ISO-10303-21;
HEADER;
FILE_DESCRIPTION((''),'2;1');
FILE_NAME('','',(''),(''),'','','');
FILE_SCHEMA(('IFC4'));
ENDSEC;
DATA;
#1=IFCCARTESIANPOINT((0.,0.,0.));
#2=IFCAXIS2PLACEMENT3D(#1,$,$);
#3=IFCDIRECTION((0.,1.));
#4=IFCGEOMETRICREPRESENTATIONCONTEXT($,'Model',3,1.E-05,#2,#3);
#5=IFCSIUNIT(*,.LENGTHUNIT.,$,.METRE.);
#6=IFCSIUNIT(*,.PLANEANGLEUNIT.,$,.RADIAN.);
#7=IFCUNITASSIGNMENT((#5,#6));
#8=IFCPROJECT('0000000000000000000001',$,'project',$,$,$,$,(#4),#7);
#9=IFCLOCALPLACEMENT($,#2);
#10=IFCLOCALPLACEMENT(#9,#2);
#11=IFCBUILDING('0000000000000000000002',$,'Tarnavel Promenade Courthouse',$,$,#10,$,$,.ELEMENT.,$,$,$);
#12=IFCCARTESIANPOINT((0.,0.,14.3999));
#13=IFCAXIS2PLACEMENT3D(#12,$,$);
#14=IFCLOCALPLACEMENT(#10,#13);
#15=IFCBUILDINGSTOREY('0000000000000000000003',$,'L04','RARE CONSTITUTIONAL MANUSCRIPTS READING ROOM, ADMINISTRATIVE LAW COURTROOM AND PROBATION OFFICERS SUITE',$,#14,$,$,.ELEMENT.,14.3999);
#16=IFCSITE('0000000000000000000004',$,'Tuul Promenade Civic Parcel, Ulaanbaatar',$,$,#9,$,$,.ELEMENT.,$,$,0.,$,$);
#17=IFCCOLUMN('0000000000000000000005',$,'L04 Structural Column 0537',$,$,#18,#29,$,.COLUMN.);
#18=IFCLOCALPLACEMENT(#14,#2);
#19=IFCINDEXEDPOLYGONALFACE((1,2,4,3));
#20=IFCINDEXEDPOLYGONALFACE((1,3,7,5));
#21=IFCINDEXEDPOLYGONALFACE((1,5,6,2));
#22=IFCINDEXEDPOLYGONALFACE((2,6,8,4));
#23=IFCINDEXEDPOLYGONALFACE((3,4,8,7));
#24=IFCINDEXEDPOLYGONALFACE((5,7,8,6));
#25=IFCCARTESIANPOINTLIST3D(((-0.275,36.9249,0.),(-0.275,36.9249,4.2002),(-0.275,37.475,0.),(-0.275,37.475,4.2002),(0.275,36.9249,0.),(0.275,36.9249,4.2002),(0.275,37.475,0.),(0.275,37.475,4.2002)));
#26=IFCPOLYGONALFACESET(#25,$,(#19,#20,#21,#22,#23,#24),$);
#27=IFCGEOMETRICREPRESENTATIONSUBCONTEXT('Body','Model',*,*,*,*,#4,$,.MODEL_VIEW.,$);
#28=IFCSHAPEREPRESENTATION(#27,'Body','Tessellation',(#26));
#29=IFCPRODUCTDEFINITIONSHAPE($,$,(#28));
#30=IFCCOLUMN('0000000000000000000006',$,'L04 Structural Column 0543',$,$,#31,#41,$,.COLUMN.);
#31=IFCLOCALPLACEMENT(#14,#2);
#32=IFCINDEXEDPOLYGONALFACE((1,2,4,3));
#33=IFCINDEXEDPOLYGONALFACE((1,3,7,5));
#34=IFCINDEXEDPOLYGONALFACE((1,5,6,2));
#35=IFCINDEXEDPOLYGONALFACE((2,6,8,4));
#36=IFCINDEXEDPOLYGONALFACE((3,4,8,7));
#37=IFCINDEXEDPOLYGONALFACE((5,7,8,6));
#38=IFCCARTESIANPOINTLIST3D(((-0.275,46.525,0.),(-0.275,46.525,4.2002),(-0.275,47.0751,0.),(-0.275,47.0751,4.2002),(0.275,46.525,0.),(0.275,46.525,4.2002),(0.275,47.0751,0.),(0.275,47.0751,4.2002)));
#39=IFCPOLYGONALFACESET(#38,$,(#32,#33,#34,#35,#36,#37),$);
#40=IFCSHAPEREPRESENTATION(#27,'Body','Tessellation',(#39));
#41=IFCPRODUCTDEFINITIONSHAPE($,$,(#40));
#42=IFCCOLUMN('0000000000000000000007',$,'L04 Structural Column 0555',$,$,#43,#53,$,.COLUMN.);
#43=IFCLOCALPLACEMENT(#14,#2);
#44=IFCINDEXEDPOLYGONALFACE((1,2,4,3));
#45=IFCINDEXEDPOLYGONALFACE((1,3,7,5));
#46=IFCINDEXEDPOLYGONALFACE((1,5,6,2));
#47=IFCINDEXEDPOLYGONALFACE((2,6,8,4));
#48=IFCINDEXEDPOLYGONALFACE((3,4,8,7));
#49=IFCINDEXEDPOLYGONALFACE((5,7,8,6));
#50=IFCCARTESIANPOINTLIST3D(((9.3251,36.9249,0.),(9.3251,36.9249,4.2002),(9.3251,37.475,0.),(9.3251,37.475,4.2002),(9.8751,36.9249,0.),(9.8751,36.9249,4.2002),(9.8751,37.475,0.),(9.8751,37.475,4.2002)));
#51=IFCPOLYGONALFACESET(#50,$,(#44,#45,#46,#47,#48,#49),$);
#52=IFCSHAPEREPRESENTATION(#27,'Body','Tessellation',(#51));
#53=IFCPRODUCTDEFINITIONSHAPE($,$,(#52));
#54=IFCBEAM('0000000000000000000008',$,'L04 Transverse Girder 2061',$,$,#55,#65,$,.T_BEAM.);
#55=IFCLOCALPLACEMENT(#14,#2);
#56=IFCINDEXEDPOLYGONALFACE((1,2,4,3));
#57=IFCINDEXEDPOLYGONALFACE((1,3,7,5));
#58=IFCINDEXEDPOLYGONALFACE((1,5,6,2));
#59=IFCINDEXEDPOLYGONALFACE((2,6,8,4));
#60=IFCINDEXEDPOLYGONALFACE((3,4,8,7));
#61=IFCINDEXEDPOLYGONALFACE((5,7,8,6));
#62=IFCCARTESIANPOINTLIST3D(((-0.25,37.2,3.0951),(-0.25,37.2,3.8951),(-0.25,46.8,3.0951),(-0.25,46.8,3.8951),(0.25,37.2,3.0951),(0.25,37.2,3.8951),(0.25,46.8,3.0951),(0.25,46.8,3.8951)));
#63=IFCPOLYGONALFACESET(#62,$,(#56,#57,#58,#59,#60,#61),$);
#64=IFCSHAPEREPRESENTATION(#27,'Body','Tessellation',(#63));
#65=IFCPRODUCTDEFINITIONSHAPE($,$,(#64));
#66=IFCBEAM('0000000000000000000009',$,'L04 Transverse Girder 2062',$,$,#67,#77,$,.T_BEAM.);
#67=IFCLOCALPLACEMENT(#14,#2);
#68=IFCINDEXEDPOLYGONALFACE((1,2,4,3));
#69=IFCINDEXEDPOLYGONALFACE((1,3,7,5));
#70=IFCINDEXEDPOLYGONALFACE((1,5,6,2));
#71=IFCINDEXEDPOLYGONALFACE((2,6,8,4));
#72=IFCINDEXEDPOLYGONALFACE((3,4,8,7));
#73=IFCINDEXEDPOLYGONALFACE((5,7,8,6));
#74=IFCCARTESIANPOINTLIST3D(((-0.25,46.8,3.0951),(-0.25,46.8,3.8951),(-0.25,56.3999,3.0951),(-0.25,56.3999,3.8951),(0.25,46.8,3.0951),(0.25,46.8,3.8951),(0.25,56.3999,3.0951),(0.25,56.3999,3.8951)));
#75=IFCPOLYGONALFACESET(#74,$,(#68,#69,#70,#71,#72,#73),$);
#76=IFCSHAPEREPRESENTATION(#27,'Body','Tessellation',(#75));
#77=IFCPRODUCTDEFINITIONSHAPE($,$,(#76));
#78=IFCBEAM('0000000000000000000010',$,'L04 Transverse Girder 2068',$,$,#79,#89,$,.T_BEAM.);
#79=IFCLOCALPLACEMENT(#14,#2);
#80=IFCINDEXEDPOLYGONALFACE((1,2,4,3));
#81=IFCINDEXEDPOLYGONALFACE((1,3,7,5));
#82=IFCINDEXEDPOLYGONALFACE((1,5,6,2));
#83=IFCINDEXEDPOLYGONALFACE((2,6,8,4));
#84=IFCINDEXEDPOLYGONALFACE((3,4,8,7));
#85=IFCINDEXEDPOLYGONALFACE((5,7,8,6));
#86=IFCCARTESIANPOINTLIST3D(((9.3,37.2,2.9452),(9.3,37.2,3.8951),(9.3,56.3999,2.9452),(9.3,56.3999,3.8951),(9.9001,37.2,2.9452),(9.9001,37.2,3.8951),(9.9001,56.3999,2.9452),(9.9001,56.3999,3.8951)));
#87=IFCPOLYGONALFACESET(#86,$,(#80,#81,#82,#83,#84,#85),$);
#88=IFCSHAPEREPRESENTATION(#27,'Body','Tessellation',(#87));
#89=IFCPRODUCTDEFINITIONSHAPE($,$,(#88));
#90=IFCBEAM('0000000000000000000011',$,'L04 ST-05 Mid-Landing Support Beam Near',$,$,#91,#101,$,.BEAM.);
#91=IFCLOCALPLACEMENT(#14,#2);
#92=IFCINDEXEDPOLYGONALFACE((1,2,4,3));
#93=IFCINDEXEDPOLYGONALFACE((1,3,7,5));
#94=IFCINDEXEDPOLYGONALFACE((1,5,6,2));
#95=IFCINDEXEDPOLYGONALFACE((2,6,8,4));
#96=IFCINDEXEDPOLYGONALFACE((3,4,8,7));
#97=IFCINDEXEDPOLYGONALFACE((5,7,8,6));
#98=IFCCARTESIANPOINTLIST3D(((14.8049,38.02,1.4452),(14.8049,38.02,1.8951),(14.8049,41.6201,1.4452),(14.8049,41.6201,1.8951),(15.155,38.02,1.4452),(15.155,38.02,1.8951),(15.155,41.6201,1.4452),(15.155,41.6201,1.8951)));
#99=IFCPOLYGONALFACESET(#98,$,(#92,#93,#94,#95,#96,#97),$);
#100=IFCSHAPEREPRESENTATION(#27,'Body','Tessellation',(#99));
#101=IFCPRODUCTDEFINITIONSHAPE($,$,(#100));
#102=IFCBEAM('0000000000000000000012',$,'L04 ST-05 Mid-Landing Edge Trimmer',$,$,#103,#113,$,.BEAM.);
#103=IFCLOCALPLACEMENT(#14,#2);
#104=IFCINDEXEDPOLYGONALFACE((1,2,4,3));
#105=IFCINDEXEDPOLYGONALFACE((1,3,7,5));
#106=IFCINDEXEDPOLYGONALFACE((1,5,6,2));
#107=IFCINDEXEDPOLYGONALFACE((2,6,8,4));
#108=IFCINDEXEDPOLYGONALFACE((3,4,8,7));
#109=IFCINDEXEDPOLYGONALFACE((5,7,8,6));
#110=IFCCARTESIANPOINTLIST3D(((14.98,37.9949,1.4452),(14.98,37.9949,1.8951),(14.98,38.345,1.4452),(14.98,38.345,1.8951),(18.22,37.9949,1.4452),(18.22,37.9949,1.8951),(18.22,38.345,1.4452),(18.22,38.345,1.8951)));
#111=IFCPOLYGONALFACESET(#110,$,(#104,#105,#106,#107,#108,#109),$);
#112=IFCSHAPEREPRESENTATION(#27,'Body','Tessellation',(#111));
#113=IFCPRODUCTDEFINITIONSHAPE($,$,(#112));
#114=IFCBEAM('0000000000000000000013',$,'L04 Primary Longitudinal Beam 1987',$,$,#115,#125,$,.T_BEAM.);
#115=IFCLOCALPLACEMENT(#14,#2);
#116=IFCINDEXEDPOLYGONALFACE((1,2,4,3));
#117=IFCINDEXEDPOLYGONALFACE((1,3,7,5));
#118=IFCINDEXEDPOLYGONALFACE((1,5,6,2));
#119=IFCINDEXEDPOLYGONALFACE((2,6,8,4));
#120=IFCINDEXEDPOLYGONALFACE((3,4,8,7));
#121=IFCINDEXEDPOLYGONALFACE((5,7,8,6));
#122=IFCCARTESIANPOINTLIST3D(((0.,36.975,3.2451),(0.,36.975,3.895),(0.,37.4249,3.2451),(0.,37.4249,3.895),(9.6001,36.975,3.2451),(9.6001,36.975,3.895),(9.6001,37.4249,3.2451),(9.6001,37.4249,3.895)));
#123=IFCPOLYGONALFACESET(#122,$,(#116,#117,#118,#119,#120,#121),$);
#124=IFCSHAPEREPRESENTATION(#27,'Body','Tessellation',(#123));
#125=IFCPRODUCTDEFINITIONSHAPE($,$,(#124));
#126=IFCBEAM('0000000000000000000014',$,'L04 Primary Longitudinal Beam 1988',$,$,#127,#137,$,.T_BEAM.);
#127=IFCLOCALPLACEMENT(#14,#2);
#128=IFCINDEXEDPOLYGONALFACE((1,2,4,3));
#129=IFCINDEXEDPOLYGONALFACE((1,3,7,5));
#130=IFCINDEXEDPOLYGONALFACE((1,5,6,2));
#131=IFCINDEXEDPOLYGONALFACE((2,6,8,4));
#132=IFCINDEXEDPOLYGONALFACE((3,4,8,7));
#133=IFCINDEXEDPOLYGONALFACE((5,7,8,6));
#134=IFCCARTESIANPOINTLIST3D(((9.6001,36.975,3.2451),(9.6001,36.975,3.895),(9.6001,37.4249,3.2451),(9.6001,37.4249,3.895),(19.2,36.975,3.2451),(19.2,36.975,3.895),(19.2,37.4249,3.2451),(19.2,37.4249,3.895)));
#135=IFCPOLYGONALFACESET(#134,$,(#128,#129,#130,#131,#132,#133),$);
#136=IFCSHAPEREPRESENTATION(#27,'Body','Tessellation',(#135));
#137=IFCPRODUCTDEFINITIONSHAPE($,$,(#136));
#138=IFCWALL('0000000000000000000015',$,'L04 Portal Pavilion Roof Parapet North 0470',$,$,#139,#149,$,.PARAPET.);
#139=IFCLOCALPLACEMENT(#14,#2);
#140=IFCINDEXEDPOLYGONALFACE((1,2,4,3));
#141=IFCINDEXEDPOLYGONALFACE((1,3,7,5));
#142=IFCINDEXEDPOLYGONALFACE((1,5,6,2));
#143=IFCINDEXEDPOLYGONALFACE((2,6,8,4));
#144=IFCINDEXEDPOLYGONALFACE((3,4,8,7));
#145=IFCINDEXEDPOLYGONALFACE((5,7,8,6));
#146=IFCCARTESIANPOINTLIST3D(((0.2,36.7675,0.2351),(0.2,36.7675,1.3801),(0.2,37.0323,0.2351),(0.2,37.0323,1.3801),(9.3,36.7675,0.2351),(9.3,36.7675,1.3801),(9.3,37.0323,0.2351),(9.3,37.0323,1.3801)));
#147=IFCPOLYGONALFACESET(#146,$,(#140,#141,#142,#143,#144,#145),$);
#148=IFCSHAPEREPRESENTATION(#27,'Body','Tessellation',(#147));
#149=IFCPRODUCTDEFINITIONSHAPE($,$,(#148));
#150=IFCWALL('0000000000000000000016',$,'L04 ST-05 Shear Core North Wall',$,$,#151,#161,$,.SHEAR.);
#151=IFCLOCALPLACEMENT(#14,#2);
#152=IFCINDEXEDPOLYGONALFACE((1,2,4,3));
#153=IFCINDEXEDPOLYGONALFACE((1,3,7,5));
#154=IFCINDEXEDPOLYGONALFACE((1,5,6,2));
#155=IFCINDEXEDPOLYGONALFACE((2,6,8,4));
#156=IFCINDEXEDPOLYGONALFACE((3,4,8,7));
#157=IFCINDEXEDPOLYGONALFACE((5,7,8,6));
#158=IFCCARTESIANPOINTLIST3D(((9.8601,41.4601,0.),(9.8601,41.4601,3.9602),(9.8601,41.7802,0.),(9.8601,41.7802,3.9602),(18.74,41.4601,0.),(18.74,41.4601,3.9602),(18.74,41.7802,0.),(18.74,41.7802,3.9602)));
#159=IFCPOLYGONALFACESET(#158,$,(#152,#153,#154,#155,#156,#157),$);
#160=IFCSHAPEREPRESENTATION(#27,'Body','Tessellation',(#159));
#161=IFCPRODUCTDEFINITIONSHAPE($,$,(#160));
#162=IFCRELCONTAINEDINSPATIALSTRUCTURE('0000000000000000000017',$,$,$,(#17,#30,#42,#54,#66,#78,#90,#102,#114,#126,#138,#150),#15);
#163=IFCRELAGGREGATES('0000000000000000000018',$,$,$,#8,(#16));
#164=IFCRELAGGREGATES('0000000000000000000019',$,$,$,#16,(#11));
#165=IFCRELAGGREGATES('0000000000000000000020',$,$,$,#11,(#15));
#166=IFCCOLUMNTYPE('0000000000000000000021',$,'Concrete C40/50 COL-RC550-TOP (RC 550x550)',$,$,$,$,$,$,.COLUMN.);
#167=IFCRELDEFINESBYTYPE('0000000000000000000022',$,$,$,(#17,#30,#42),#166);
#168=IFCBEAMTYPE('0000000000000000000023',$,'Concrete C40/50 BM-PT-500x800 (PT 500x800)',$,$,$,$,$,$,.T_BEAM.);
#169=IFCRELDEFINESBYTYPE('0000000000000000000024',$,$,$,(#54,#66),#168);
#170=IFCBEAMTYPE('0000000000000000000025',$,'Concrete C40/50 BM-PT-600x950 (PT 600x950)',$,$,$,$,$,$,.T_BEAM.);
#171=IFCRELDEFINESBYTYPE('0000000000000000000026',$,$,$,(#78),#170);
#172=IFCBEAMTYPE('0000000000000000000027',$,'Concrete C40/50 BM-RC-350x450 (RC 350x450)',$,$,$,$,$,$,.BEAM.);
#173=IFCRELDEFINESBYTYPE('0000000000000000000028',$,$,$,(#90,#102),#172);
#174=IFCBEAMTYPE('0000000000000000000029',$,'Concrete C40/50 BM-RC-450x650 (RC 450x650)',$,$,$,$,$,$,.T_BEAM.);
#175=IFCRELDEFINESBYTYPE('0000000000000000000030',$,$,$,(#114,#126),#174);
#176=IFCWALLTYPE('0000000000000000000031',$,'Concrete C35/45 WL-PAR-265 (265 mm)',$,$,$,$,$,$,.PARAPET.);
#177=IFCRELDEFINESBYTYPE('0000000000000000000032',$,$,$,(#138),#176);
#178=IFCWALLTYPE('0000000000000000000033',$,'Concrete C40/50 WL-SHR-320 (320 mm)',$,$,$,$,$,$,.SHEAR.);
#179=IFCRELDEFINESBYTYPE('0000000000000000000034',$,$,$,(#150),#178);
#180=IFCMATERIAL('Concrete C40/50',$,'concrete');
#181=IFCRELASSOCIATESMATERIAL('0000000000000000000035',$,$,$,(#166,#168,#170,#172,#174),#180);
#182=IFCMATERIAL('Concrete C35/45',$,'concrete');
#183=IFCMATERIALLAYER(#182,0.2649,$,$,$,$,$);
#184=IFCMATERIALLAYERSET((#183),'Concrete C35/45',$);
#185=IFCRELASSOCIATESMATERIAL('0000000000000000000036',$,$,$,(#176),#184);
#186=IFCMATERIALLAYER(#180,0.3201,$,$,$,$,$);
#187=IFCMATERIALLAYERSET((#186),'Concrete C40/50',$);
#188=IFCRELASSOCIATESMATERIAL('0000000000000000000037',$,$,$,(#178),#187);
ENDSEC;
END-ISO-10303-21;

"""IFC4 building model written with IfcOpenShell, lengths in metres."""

from ifc_helpers import new_model, si_unit, direction, frame, frame_2d, origin, origin_2d, place, context, subcontext, project, spatial, rectangle, extrude, material, layer, layer_set, material_profile, profile_set, type_object, element, save


model = new_model("IFC4")

# Units and contexts
model_context = context("Model", 3, precision=1e-05, world=origin(), true_north=direction((0.0, 1.0)))
body_context = subcontext(model_context, "Body", "Model", "MODEL_VIEW")
ifc_project = project(units=[si_unit("LENGTHUNIT", "METRE"), si_unit("PLANEANGLEUNIT", "RADIAN")], contexts=[model_context])

# Site, building, storey
site_placement = place(None, origin())
site = spatial("IfcSite", under=ifc_project, at=site_placement, Name="Tuul Promenade Civic Parcel, Ulaanbaatar", CompositionType="ELEMENT", RefElevation=0.0)
building_placement = place(site_placement, origin())
building = spatial("IfcBuilding", under=site, at=building_placement, Name="Tarnavel Promenade Courthouse", CompositionType="ELEMENT")
storey_placement = place(building_placement, frame((0.0, 0.0, 14.3999)))
storey = spatial("IfcBuildingStorey", under=building, at=storey_placement, Name="L04", Description="RARE CONSTITUTIONAL MANUSCRIPTS READING ROOM, ADMINISTRATIVE LAW COURTROOM AND PROBATION OFFICERS SUITE", CompositionType="ELEMENT", Elevation=14.3999)

# Columns
ifc_material_1 = material(Name="Concrete C40/50", Category="concrete")
ifc_material_profile_1 = material_profile(ifc_material_1, rectangle(XDim=0.55, YDim=0.55, at=origin_2d()), Name="RC 550x550")
ifc_profile_set_1 = profile_set([ifc_material_profile_1], Name="Concrete C40/50")
column_type = type_object("IfcColumnType", Name="Concrete C40/50 COL-RC550-TOP (RC 550x550)", PredefinedType="COLUMN", material=ifc_profile_set_1)
for number, where, z_axis, x_axis, name in (
    (1, (0.0, 37.2, 0.0), (0.0, 0.0, 1.0), (1.0, 0.0, 0.0), "L04 Structural Column 0537"),
    (2, (0.0, 46.8, 0.0), (0.0, 0.0, 1.0), (1.0, 0.0, 0.0), "L04 Structural Column 0543"),
    (3, (9.6001, 37.2, 0.0), (0.0, 0.0, 1.0), (1.0, 0.0, 0.0), "L04 Structural Column 0555"),
):
    element("IfcColumn", number, at=place(storey_placement, frame(where, z_axis=z_axis, x_axis=x_axis)), inside=storey, type_object=column_type, Name=name, PredefinedType="COLUMN", context=body_context, shape_type="SweptSolid", body=[
        extrude(rectangle(XDim=0.55, YDim=0.55, at=origin_2d()), origin(), (0.0, 0.0, 1.0), 4.2002),
    ])

# Beams
ifc_material_profile_2 = material_profile(ifc_material_1, rectangle(XDim=0.5, YDim=0.8, at=origin_2d()), Name="PT 500x800")
ifc_profile_set_2 = profile_set([ifc_material_profile_2], Name="Concrete C40/50")
beam_type_1 = type_object("IfcBeamType", Name="Concrete C40/50 BM-PT-500x800 (PT 500x800)", PredefinedType="T_BEAM", material=ifc_profile_set_2)
beam_1_placement = place(storey_placement, frame((0.0, 37.2, 3.4951), z_axis=(0.0, 1.0, 0.0), x_axis=(-1.0, 0.0, 0.0)))
element("IfcBeam", 4, at=beam_1_placement, inside=storey, type_object=beam_type_1, Name="L04 Transverse Girder 2061", PredefinedType="T_BEAM", context=body_context, shape_type="SweptSolid", body=[
    extrude(rectangle(XDim=0.5, YDim=0.8, at=origin_2d()), origin(), (0.0, 0.0, 1.0), 9.6001),
])
beam_2_placement = place(storey_placement, frame((0.0, 46.8, 3.4951), z_axis=(0.0, 1.0, 0.0), x_axis=(-1.0, 0.0, 0.0)))
element("IfcBeam", 5, at=beam_2_placement, inside=storey, type_object=beam_type_1, Name="L04 Transverse Girder 2062", PredefinedType="T_BEAM", context=body_context, shape_type="SweptSolid", body=[
    extrude(rectangle(XDim=0.5, YDim=0.8, at=origin_2d()), origin(), (0.0, 0.0, 1.0), 9.5999),
])
ifc_material_profile_3 = material_profile(ifc_material_1, rectangle(XDim=0.6001, YDim=0.95, at=origin_2d()), Name="PT 600x950")
ifc_profile_set_3 = profile_set([ifc_material_profile_3], Name="Concrete C40/50")
beam_type_2 = type_object("IfcBeamType", Name="Concrete C40/50 BM-PT-600x950 (PT 600x950)", PredefinedType="T_BEAM", material=ifc_profile_set_3)
beam_3_placement = place(storey_placement, frame((9.6001, 37.2, 3.4202), z_axis=(0.0, 1.0, 0.0), x_axis=(-1.0, 0.0, 0.0)))
element("IfcBeam", 6, at=beam_3_placement, inside=storey, type_object=beam_type_2, Name="L04 Transverse Girder 2068", PredefinedType="T_BEAM", context=body_context, shape_type="SweptSolid", body=[
    extrude(rectangle(XDim=0.6001, YDim=0.95, at=origin_2d()), origin(), (0.0, 0.0, 1.0), 19.2),
])
ifc_material_profile_4 = material_profile(ifc_material_1, rectangle(XDim=0.3501, YDim=0.45, at=origin_2d()), Name="RC 350x450")
ifc_profile_set_4 = profile_set([ifc_material_profile_4], Name="Concrete C40/50")
beam_type_3 = type_object("IfcBeamType", Name="Concrete C40/50 BM-RC-350x450 (RC 350x450)", PredefinedType="BEAM", material=ifc_profile_set_4)
beam_4_placement = place(storey_placement, frame((14.98, 38.02, 1.6702), z_axis=(0.0, 1.0, 0.0), x_axis=(-1.0, 0.0, 0.0)))
element("IfcBeam", 7, at=beam_4_placement, inside=storey, type_object=beam_type_3, Name="L04 ST-05 Mid-Landing Support Beam Near", PredefinedType="BEAM", context=body_context, shape_type="SweptSolid", body=[
    extrude(rectangle(XDim=0.3501, YDim=0.45, at=origin_2d()), origin(), (0.0, 0.0, 1.0), 3.6001),
])
beam_5_placement = place(storey_placement, frame((14.98, 38.1699, 1.6702), z_axis=(1.0, 0.0, 0.0), x_axis=(0.0, 1.0, 0.0)))
element("IfcBeam", 8, at=beam_5_placement, inside=storey, type_object=beam_type_3, Name="L04 ST-05 Mid-Landing Edge Trimmer", PredefinedType="BEAM", context=body_context, shape_type="SweptSolid", body=[
    extrude(rectangle(XDim=0.3501, YDim=0.45, at=origin_2d()), origin(), (0.0, 0.0, 1.0), 3.24),
])
ifc_material_profile_5 = material_profile(ifc_material_1, rectangle(XDim=0.45, YDim=0.6499, at=origin_2d()), Name="RC 450x650")
ifc_profile_set_5 = profile_set([ifc_material_profile_5], Name="Concrete C40/50")
beam_type_4 = type_object("IfcBeamType", Name="Concrete C40/50 BM-RC-450x650 (RC 450x650)", PredefinedType="T_BEAM", material=ifc_profile_set_5)
beam_6_placement = place(storey_placement, frame((0.0, 37.2, 3.5701), z_axis=(1.0, 0.0, 0.0), x_axis=(0.0, 1.0, 0.0)))
element("IfcBeam", 9, at=beam_6_placement, inside=storey, type_object=beam_type_4, Name="L04 Primary Longitudinal Beam 1987", PredefinedType="T_BEAM", context=body_context, shape_type="SweptSolid", body=[
    extrude(rectangle(XDim=0.45, YDim=0.6499, at=origin_2d()), origin(), (0.0, 0.0, 1.0), 9.6001),
])
beam_7_placement = place(storey_placement, frame((9.6001, 37.2, 3.5701), z_axis=(1.0, 0.0, 0.0), x_axis=(0.0, 1.0, 0.0)))
element("IfcBeam", 10, at=beam_7_placement, inside=storey, type_object=beam_type_4, Name="L04 Primary Longitudinal Beam 1988", PredefinedType="T_BEAM", context=body_context, shape_type="SweptSolid", body=[
    extrude(rectangle(XDim=0.45, YDim=0.6499, at=origin_2d()), origin(), (0.0, 0.0, 1.0), 9.5999),
])

# Walls
ifc_material_2 = material(Name="Concrete C35/45", Category="concrete")
ifc_layer_1 = layer(ifc_material_2, 0.2649)
ifc_layer_set_1 = layer_set([ifc_layer_1], Name="Concrete C35/45")
wall_type_1 = type_object("IfcWallType", Name="Concrete C35/45 WL-PAR-265 (265 mm)", PredefinedType="PARAPET", material=ifc_layer_set_1)
wall_1_placement = place(storey_placement, frame((0.2, 36.8999, 0.2351), z_axis=(0.0, 0.0, 1.0), x_axis=(1.0, 0.0, 0.0)))
element("IfcWall", 11, at=wall_1_placement, inside=storey, type_object=wall_type_1, Name="L04 Portal Pavilion Roof Parapet North 0470", PredefinedType="PARAPET", context=body_context, shape_type="SweptSolid", body=[
    extrude(rectangle(XDim=9.1001, YDim=0.2649, at=frame_2d((4.55, 0.0))), origin(), (0.0, 0.0, 1.0), 1.145),
])
ifc_layer_2 = layer(ifc_material_1, 0.3201)
ifc_layer_set_2 = layer_set([ifc_layer_2], Name="Concrete C40/50")
wall_type_2 = type_object("IfcWallType", Name="Concrete C40/50 WL-SHR-320 (320 mm)", PredefinedType="SHEAR", material=ifc_layer_set_2)
wall_2_placement = place(storey_placement, frame((9.8601, 41.6201, 0.0), z_axis=(0.0, 0.0, 1.0), x_axis=(1.0, 0.0, 0.0)))
element("IfcWall", 12, at=wall_2_placement, inside=storey, type_object=wall_type_2, Name="L04 ST-05 Shear Core North Wall", PredefinedType="SHEAR", context=body_context, shape_type="SweptSolid", body=[
    extrude(rectangle(XDim=8.8799, YDim=0.3201, at=frame_2d((4.4399, 0.0))), origin(), (0.0, 0.0, 1.0), 3.9602),
])

save(model, "model.ifc")
